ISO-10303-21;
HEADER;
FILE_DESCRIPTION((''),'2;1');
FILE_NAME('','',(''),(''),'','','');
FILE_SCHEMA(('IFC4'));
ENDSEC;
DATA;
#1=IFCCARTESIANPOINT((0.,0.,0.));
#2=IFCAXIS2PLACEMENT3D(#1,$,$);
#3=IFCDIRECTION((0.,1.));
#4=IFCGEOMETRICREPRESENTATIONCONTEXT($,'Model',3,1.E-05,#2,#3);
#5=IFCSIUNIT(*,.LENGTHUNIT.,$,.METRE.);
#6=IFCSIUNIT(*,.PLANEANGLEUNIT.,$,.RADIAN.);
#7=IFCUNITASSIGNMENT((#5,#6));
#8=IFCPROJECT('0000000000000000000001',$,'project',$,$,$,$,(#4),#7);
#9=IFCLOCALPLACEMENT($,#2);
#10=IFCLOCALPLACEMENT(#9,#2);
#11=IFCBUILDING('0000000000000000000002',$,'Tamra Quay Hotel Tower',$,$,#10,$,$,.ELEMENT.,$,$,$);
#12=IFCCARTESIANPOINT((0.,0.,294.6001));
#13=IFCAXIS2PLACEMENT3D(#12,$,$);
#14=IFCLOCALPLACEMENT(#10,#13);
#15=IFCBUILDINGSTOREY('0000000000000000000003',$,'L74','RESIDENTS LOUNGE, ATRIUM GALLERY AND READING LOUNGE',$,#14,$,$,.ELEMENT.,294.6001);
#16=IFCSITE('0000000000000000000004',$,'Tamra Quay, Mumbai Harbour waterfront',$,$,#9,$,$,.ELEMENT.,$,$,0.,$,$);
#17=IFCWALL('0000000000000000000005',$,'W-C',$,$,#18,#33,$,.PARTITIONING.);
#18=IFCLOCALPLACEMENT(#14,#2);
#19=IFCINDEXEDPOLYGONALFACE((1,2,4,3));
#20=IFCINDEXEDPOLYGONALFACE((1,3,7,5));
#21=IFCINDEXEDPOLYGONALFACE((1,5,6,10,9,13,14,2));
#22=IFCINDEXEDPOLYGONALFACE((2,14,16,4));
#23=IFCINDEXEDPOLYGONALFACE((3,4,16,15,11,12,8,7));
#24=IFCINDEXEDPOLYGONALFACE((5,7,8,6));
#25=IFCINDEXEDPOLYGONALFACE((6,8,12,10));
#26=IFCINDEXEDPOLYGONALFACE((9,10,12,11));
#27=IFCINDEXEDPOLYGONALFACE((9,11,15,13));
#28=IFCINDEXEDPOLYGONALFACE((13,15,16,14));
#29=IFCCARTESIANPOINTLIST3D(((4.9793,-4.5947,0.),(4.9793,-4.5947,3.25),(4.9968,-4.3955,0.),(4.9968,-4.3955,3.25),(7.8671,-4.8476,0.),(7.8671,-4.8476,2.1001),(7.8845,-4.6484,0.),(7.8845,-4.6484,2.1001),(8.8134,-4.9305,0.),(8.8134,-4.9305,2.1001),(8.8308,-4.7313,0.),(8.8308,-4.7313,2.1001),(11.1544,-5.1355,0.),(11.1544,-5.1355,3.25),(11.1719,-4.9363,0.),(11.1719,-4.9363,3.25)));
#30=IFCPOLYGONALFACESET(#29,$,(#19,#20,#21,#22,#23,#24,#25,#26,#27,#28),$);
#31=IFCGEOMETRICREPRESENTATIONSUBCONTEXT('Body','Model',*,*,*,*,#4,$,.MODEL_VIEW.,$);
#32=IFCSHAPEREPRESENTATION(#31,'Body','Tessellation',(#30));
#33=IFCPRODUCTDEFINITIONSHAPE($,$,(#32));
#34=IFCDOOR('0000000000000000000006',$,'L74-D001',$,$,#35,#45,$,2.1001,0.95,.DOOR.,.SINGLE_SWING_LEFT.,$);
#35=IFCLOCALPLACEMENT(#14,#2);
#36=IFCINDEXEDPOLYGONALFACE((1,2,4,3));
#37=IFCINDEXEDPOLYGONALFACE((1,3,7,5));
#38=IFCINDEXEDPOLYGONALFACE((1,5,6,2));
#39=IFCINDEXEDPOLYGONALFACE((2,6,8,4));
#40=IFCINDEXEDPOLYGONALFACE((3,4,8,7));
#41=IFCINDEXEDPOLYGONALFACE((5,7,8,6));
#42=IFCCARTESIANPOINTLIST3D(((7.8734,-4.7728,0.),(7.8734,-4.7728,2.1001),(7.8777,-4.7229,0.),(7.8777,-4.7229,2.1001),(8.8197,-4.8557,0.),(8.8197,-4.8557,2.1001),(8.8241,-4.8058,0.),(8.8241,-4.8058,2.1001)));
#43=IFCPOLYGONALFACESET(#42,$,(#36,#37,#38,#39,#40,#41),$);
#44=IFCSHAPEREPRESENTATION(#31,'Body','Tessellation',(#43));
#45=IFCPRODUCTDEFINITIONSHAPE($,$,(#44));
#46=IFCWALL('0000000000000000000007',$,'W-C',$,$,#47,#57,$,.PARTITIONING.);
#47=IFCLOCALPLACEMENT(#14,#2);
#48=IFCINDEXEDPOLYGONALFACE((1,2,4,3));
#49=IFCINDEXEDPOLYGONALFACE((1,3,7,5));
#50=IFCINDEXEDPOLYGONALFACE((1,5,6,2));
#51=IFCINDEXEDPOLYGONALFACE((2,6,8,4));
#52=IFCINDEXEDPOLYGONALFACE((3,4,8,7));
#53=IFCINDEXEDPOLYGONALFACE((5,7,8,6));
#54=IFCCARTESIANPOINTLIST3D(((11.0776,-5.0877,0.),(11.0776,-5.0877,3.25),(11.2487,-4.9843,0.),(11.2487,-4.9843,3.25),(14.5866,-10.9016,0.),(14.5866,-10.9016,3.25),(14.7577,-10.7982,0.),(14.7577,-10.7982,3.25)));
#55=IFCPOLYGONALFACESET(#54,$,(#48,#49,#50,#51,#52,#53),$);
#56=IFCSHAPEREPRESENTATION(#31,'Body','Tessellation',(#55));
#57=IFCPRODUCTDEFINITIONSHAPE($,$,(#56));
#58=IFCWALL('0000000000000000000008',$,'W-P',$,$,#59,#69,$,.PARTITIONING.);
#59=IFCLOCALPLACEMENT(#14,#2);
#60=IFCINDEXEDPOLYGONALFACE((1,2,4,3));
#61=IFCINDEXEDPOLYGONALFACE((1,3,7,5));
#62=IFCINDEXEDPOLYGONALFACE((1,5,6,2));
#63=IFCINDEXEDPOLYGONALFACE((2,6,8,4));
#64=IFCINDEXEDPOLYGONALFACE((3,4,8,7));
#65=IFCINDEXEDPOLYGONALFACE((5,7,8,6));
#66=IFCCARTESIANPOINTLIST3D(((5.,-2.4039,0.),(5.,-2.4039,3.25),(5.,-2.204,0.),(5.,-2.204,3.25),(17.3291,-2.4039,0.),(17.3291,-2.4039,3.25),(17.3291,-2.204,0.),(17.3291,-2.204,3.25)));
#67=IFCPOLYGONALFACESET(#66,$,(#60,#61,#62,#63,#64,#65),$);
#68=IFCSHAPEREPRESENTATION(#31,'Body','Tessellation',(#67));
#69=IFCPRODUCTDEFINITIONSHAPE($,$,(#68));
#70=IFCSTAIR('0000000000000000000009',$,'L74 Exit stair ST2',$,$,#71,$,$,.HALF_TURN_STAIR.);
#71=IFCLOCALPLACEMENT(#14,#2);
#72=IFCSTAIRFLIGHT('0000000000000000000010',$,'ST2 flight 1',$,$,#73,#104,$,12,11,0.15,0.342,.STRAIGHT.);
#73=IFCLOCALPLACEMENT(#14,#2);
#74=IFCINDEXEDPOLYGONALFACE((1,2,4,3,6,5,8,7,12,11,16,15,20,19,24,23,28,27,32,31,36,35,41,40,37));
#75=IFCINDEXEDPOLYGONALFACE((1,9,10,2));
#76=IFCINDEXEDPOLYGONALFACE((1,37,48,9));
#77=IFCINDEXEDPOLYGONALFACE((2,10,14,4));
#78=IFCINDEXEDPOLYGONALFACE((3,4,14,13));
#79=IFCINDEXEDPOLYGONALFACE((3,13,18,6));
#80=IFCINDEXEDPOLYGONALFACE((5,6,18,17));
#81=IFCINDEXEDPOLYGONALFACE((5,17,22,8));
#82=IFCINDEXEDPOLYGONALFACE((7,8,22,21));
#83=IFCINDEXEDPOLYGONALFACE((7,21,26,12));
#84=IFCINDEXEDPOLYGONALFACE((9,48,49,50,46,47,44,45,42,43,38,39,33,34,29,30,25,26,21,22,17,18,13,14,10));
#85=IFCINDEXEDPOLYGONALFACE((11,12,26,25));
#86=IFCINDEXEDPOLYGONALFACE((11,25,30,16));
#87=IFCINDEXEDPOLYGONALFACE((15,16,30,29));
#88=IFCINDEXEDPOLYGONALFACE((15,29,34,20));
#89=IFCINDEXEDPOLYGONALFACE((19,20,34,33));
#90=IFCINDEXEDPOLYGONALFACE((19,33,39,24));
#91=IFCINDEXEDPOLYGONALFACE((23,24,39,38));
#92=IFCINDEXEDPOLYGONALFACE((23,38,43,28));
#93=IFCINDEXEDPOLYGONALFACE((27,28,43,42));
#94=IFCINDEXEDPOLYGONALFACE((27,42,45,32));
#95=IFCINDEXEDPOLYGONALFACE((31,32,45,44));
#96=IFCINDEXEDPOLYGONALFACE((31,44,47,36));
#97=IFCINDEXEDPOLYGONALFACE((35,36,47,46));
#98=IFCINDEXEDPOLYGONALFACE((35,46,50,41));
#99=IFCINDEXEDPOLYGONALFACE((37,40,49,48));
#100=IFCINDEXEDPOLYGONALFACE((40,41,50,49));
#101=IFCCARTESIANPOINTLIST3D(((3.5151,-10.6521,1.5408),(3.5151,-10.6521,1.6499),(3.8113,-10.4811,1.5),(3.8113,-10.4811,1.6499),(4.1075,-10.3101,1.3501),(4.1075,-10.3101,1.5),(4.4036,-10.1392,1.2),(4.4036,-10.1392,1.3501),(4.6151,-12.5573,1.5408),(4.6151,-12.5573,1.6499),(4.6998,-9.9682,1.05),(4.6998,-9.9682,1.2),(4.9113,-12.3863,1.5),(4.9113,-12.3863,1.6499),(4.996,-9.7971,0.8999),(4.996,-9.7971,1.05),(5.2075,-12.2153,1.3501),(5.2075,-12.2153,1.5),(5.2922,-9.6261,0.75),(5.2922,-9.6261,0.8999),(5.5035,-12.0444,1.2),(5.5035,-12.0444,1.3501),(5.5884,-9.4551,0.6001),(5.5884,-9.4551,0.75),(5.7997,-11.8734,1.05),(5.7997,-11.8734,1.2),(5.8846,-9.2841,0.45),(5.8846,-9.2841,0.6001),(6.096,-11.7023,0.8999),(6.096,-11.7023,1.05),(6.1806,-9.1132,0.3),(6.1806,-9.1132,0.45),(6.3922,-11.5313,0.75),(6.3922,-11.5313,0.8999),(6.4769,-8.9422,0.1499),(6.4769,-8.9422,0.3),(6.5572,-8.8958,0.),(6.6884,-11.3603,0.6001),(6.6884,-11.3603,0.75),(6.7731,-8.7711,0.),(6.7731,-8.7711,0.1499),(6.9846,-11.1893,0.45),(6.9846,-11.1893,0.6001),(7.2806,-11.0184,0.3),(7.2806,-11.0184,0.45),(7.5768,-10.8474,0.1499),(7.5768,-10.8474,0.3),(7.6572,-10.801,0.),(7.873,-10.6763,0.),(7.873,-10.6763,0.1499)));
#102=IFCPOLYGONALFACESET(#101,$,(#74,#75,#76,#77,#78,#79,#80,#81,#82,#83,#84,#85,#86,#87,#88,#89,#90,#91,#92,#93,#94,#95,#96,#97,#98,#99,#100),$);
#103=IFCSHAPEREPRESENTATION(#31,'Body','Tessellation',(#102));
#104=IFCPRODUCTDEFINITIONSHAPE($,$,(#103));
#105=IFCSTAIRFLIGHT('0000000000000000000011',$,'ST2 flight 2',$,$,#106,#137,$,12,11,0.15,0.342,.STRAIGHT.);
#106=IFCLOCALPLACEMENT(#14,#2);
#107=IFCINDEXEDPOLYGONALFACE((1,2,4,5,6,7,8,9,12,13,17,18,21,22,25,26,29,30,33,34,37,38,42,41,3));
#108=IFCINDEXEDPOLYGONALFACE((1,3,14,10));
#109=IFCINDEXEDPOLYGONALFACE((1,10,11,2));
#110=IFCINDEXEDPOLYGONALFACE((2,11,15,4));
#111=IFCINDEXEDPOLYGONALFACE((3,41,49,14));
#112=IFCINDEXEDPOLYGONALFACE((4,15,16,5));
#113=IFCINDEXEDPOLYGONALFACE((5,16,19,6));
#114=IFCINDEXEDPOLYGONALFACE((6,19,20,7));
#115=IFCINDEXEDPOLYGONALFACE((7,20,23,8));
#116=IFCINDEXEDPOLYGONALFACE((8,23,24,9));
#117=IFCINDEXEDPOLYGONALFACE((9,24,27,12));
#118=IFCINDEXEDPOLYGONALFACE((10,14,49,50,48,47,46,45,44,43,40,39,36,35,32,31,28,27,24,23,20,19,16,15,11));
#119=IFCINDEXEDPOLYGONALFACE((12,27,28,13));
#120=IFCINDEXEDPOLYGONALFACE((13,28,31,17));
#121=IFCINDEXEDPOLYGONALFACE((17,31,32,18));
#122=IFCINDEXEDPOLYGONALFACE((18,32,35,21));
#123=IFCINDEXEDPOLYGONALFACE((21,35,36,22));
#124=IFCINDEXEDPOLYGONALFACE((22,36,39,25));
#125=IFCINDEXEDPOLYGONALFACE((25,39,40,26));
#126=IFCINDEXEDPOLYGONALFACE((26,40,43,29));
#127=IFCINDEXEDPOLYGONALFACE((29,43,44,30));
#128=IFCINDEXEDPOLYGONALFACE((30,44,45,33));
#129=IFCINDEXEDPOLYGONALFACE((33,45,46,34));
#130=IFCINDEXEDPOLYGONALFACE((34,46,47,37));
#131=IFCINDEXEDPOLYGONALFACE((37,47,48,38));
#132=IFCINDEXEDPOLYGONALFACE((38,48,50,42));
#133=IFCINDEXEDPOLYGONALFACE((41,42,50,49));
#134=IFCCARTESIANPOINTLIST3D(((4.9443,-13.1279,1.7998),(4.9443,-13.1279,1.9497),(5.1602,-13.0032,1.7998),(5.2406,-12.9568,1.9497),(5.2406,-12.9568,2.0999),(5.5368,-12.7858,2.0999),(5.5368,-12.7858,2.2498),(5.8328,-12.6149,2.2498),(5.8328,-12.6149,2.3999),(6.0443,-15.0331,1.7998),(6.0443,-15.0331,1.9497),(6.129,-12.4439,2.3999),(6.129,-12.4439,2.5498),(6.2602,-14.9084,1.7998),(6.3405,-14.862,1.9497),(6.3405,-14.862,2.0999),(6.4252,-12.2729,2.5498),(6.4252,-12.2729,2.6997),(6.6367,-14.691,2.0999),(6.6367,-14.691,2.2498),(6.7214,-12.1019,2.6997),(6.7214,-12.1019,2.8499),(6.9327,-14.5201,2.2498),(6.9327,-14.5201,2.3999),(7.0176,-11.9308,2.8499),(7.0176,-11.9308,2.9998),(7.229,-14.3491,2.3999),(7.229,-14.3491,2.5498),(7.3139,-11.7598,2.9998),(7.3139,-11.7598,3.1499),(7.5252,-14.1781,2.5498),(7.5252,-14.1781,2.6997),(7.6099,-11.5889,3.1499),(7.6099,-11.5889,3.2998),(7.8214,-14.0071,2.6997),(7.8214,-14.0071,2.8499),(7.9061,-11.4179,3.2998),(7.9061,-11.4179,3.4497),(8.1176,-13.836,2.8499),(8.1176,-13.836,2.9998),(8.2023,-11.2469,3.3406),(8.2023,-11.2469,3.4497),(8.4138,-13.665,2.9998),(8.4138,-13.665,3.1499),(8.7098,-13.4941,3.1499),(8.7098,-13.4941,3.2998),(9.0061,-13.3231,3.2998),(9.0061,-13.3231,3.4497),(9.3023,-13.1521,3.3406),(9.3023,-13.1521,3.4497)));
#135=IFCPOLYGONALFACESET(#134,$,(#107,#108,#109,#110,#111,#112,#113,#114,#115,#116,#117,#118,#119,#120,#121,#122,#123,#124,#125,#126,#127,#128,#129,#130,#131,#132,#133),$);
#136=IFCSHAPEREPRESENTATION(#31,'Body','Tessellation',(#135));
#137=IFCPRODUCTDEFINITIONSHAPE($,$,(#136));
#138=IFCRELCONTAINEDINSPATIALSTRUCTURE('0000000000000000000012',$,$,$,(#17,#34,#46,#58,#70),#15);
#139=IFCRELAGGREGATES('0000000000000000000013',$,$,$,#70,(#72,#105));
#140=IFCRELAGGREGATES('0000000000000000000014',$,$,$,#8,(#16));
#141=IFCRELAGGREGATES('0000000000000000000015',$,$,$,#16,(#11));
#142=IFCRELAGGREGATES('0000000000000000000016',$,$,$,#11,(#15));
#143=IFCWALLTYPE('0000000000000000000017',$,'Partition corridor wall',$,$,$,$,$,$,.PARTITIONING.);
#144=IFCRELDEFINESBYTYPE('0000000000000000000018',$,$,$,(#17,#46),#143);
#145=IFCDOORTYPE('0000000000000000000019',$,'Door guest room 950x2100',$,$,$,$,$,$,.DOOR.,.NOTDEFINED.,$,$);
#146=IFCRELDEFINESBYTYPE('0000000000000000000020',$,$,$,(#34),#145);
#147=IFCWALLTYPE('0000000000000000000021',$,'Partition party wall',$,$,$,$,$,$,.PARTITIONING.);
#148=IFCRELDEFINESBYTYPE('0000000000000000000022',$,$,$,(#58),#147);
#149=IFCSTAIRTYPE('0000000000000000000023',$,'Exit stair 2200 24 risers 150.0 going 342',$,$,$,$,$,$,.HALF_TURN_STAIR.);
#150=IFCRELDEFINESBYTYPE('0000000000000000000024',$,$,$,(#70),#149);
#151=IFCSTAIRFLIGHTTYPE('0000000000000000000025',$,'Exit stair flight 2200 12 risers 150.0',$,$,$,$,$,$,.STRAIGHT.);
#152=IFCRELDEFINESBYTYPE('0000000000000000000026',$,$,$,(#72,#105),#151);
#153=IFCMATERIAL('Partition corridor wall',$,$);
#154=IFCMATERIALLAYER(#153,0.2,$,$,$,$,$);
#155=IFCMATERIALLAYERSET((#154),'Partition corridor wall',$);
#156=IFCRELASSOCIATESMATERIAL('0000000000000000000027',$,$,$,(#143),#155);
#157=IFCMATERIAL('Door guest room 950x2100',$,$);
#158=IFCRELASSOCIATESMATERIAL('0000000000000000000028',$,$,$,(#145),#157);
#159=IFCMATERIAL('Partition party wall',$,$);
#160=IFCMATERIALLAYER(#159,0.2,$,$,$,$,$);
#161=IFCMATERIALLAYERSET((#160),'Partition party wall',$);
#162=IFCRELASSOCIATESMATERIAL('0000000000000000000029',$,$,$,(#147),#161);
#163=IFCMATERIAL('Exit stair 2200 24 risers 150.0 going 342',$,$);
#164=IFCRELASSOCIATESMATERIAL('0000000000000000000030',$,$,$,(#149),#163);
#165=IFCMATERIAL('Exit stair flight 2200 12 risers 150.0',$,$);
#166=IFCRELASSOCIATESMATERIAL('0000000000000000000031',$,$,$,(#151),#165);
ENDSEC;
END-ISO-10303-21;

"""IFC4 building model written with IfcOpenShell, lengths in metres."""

from ifc_helpers import new_model, si_unit, direction, frame, frame_2d, origin, place, context, subcontext, project, spatial, polyline, rectangle, outline, extrude, material, layer, layer_set, type_object, element, fill, aggregate, save


model = new_model("IFC4")

# Units and contexts
model_context = context("Model", 3, precision=1e-05, world=origin(), true_north=direction((0.0, 1.0)))
body_context = subcontext(model_context, "Body", "Model", "MODEL_VIEW")
ifc_project = project(units=[si_unit("LENGTHUNIT", "METRE"), si_unit("PLANEANGLEUNIT", "RADIAN")], contexts=[model_context])

# Site, building, storey
site_placement = place(None, origin())
site = spatial("IfcSite", under=ifc_project, at=site_placement, Name="Tamra Quay, Mumbai Harbour waterfront", CompositionType="ELEMENT", RefElevation=0.0)
building_placement = place(site_placement, origin())
building = spatial("IfcBuilding", under=site, at=building_placement, Name="Tamra Quay Hotel Tower", CompositionType="ELEMENT")
storey_placement = place(building_placement, frame((0.0, 0.0, 294.6001)))
storey = spatial("IfcBuildingStorey", under=building, at=storey_placement, Name="L74", Description="RESIDENTS LOUNGE, ATRIUM GALLERY AND READING LOUNGE", CompositionType="ELEMENT", Elevation=294.6001)

# Shared definitions
ifc_material_1 = material(Name="Partition corridor wall")
ifc_layer_1 = layer(ifc_material_1, 0.2)
ifc_layer_set_1 = layer_set([ifc_layer_1], Name="Partition corridor wall")
wall_type_1 = type_object("IfcWallType", Name="Partition corridor wall", PredefinedType="PARTITIONING", material=ifc_layer_set_1)

# Wall, opening, door
wall_1_placement = place(storey_placement, frame((4.988, -4.4951, 0.0), z_axis=(0.0, 0.0, 1.0), x_axis=(0.996187, -0.08724, 0.0)))
wall_1 = element("IfcWall", 1, at=wall_1_placement, inside=storey, type_object=wall_type_1, Name="W-C", PredefinedType="PARTITIONING", context=body_context, shape_type="SweptSolid", body=[
    extrude(rectangle(XDim=6.1987, YDim=0.2, at=frame_2d((3.0994, 0.0))), origin(), (0.0, 0.0, 1.0), 3.25),
])
opening_1_placement = place(wall_1_placement, frame((2.8987, 0.0, 0.0)))
opening_1 = element("IfcOpeningElement", 2, at=opening_1_placement, cuts=wall_1, PredefinedType="OPENING", context=body_context, shape_type="SweptSolid", body=[
    extrude(rectangle(XDim=0.95, YDim=2.1001, at=frame_2d((0.4751, 1.05))), frame((0.0, 0.1099, 0.0), z_axis=(0.0, -1.0, 0.0), x_axis=(1.0, 0.0, 0.0)), (0.0, 0.0, 1.0), 0.22),
])
ifc_material_2 = material(Name="Door guest room 950x2100")
door_type_1 = type_object("IfcDoorType", Name="Door guest room 950x2100", OperationType="NOTDEFINED", PredefinedType="DOOR", material=ifc_material_2)
door_1_placement = place(opening_1_placement, frame((0.95, 0.0, 0.0), z_axis=(0.0, 0.0, 1.0), x_axis=(-1.0, 0.0, 0.0)))
door_1 = element("IfcDoor", 3, at=door_1_placement, inside=storey, type_object=door_type_1, Name="L74-D001", OperationType="SINGLE_SWING_LEFT", OverallHeight=2.1001, OverallWidth=0.95, PredefinedType="DOOR", context=body_context, shape_type="SweptSolid", body=[
    extrude(rectangle(XDim=0.95, YDim=2.1001, at=frame_2d((0.4751, 1.05))), frame((0.0, 0.0249, 0.0), z_axis=(0.0, -1.0, 0.0), x_axis=(1.0, 0.0, 0.0)), (0.0, 0.0, 1.0), 0.05),
])
fill(opening_1, door_1)

# Walls
wall_2_placement = place(storey_placement, frame((11.1631, -5.0359, 0.0), z_axis=(0.0, 0.0, 1.0), x_axis=(0.51673, -0.856148, 0.0)))
element("IfcWall", 4, at=wall_2_placement, inside=storey, type_object=wall_type_1, Name="W-C", PredefinedType="PARTITIONING", context=body_context, shape_type="SweptSolid", body=[
    extrude(rectangle(XDim=6.7908, YDim=0.2, at=frame_2d((3.3955, 0.0))), origin(), (0.0, 0.0, 1.0), 3.25),
])
ifc_material_3 = material(Name="Partition party wall")
ifc_layer_2 = layer(ifc_material_3, 0.2)
ifc_layer_set_2 = layer_set([ifc_layer_2], Name="Partition party wall")
wall_type_2 = type_object("IfcWallType", Name="Partition party wall", PredefinedType="PARTITIONING", material=ifc_layer_set_2)
wall_3_placement = place(storey_placement, frame((5.0, -2.304, 0.0), z_axis=(0.0, 0.0, 1.0), x_axis=(1.0, 0.0, 0.0)))
element("IfcWall", 5, at=wall_3_placement, inside=storey, type_object=wall_type_2, Name="W-P", PredefinedType="PARTITIONING", context=body_context, shape_type="SweptSolid", body=[
    extrude(rectangle(XDim=12.3291, YDim=0.2, at=frame_2d((6.1646, 0.0))), origin(), (0.0, 0.0, 1.0), 3.25),
])

# Stair, stair flights
ifc_material_4 = material(Name="Exit stair 2200 24 risers 150.0 going 342")
stair_type = type_object("IfcStairType", Name="Exit stair 2200 24 risers 150.0 going 342", PredefinedType="HALF_TURN_STAIR", material=ifc_material_4)
stair_placement = place(storey_placement, origin())
stair = element("IfcStair", 6, at=stair_placement, inside=storey, type_object=stair_type, Name="L74 Exit stair ST2", PredefinedType="HALF_TURN_STAIR")
ifc_material_5 = material(Name="Exit stair flight 2200 12 risers 150.0")
stair_flight_type = type_object("IfcStairFlightType", Name="Exit stair flight 2200 12 risers 150.0", PredefinedType="STRAIGHT", material=ifc_material_5)
stair_flight_1_placement = place(storey_placement, frame((7.323, -9.7236, 0.0), z_axis=(0.0, 0.0, 1.0), x_axis=(-0.866025, -0.5, 0.0)))
stair_flight_1 = element("IfcStairFlight", 7, at=stair_flight_1_placement, type_object=stair_flight_type, Name="ST2 flight 1", NumberOfRisers=12, NumberOfTreads=11, PredefinedType="STRAIGHT", RiserHeight=0.15, TreadLength=0.342, context=body_context, shape_type="SweptSolid", body=[
    extrude(outline(polyline([(0.0, 0.0), (0.0, 0.1499), (0.342, 0.1499), (0.342, 0.3), (0.6841, 0.3), (0.6841, 0.45), (1.0259, 0.45), (1.0259, 0.6001), (1.3679, 0.6001), (1.3679, 0.75), (1.71, 0.75), (1.71, 0.8999), (2.052, 0.8999), (2.052, 1.05), (2.394, 1.05), (2.394, 1.2), (2.7361, 1.2), (2.7361, 1.3501), (3.0779, 1.3501), (3.0779, 1.5), (3.4199, 1.5), (3.4199, 1.6499), (3.762, 1.6499), (3.762, 1.8), (3.762, 1.5408), (0.2493, 0.0), (0.0, 0.0)])), frame((0.0, 1.1001, 0.0), z_axis=(0.0, -1.0, 0.0), x_axis=(1.0, 0.0, 0.0)), (0.0, 0.0, 1.0), 2.2),
])
stair_flight_2_placement = place(storey_placement, frame((5.4944, -14.0806, 1.7998), z_axis=(0.0, 0.0, 1.0), x_axis=(0.866025, 0.5, 0.0)))
stair_flight_2 = element("IfcStairFlight", 8, at=stair_flight_2_placement, type_object=stair_flight_type, Name="ST2 flight 2", NumberOfRisers=12, NumberOfTreads=11, PredefinedType="STRAIGHT", RiserHeight=0.15, TreadLength=0.342, context=body_context, shape_type="SweptSolid", body=[
    extrude(outline(polyline([(0.0, 0.0), (0.0, 0.1499), (0.342, 0.1499), (0.342, 0.3), (0.6841, 0.3), (0.6841, 0.45), (1.0259, 0.45), (1.0259, 0.6001), (1.3679, 0.6001), (1.3679, 0.75), (1.71, 0.75), (1.71, 0.8999), (2.052, 0.8999), (2.052, 1.05), (2.394, 1.05), (2.394, 1.2), (2.7361, 1.2), (2.7361, 1.3501), (3.0779, 1.3501), (3.0779, 1.5), (3.4199, 1.5), (3.4199, 1.6499), (3.762, 1.6499), (3.762, 1.8), (3.762, 1.5408), (0.2493, 0.0), (0.0, 0.0)])), frame((0.0, 1.1001, 0.0), z_axis=(0.0, -1.0, 0.0), x_axis=(1.0, 0.0, 0.0)), (0.0, 0.0, 1.0), 2.2),
])
aggregate(stair, [stair_flight_1, stair_flight_2])

save(model, "model.ifc")
